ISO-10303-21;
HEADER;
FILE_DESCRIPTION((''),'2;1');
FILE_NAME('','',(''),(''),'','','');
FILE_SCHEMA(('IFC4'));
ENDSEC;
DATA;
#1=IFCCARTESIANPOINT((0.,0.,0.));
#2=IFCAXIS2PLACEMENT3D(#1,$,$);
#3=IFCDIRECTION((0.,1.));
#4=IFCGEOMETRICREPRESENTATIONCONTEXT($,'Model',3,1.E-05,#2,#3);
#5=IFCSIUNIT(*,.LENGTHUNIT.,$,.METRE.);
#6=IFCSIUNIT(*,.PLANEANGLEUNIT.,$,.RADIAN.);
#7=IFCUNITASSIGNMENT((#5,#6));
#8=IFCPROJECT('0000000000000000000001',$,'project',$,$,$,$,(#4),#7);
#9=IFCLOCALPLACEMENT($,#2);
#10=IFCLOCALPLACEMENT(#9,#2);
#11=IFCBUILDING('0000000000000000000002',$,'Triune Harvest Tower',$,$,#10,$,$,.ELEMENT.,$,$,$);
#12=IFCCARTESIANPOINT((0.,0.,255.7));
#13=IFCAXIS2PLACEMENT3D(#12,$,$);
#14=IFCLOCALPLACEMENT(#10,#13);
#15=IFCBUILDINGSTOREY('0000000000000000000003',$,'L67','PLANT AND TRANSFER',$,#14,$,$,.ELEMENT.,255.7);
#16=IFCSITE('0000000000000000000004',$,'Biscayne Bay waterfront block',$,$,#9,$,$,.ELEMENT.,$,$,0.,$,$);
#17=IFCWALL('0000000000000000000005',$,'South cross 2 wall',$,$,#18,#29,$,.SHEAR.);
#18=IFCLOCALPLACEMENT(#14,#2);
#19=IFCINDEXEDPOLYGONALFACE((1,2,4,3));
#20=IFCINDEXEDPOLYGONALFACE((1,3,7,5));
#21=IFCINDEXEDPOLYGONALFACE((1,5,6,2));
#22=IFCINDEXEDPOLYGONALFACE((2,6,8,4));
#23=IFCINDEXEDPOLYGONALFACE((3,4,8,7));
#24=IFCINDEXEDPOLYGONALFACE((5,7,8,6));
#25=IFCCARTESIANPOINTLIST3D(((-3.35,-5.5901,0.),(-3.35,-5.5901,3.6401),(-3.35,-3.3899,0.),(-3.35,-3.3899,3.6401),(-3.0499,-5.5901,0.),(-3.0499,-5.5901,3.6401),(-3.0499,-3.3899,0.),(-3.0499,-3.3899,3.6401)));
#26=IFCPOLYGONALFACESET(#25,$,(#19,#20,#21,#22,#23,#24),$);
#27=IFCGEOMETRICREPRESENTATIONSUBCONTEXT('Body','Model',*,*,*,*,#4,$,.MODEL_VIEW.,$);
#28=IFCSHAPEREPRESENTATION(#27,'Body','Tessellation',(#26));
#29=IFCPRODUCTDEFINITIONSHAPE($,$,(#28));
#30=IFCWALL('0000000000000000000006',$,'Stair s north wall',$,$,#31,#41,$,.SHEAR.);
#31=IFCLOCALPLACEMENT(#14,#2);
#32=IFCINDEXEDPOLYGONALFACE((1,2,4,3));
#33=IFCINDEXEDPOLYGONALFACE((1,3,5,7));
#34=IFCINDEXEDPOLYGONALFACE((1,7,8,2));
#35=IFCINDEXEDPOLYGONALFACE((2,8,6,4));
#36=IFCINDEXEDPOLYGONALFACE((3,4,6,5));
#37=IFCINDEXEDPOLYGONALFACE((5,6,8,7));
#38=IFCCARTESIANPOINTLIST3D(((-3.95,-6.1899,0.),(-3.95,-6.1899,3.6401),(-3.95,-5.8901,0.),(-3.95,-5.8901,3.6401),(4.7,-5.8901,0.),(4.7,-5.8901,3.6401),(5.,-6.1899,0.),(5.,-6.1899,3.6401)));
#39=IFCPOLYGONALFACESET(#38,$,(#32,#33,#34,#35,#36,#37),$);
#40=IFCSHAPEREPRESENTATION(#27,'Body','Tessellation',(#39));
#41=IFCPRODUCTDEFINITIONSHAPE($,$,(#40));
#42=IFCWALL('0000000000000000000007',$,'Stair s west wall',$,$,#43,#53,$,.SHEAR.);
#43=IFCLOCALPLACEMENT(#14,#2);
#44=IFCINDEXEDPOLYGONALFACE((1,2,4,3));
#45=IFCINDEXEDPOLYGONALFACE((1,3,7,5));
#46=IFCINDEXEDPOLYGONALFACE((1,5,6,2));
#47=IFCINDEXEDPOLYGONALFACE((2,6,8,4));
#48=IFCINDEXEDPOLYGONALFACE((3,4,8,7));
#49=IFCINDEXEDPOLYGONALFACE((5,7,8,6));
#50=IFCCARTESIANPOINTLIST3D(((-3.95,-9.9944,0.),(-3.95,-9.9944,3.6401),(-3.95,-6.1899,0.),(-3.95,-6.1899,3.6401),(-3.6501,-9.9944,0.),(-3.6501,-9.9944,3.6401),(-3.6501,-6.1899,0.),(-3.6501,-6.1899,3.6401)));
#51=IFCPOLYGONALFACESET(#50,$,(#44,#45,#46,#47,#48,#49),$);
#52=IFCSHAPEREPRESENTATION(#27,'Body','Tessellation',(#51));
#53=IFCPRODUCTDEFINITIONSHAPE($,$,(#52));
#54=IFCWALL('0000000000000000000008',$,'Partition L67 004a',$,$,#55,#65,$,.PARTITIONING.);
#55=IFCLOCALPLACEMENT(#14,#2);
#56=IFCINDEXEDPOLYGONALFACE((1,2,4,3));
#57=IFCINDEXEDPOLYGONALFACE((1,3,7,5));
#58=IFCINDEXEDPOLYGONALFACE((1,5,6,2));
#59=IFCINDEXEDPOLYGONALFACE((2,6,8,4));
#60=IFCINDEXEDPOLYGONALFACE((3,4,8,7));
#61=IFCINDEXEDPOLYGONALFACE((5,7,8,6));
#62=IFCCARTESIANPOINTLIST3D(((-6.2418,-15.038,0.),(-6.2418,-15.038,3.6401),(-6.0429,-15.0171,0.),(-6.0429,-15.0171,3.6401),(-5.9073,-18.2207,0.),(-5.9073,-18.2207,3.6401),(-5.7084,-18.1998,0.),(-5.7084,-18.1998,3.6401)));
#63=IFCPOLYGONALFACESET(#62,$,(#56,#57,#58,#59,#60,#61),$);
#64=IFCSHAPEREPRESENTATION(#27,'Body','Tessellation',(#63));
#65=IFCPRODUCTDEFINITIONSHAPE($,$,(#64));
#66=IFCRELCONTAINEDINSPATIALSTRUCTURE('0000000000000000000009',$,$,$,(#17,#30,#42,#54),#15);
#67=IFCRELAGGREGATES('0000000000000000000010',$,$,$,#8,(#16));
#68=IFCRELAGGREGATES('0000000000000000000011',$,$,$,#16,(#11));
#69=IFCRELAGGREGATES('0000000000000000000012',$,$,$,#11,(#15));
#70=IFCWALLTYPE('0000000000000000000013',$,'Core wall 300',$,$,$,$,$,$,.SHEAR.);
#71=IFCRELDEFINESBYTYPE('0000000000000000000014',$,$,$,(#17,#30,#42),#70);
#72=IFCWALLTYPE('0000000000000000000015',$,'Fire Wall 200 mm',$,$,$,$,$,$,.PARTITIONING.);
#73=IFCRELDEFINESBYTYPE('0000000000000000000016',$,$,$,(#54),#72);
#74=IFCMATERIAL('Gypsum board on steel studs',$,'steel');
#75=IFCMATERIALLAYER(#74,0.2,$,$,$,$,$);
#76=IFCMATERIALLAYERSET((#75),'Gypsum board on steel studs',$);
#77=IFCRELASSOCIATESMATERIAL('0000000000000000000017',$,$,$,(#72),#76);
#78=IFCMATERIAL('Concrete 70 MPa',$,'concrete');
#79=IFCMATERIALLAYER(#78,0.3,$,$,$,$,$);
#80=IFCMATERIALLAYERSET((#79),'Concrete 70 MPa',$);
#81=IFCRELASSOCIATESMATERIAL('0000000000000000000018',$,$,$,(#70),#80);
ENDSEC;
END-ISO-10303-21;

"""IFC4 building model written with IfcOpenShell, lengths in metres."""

from ifc_helpers import new_model, si_unit, direction, frame, frame_2d, origin, place, context, subcontext, project, spatial, polyline, rectangle, outline, extrude, source, transform, mapped, material, layer, layer_set, type_object, element, save


model = new_model("IFC4")

# Units and contexts
model_context = context("Model", 3, precision=1e-05, world=origin(), true_north=direction((0.0, 1.0)))
body_context = subcontext(model_context, "Body", "Model", "MODEL_VIEW")
ifc_project = project(units=[si_unit("LENGTHUNIT", "METRE"), si_unit("PLANEANGLEUNIT", "RADIAN")], contexts=[model_context])

# Site, building, storey
site_placement = place(None, origin())
site = spatial("IfcSite", under=ifc_project, at=site_placement, Name="Biscayne Bay waterfront block", CompositionType="ELEMENT", RefElevation=0.0)
building_placement = place(site_placement, origin())
building = spatial("IfcBuilding", under=site, at=building_placement, Name="Triune Harvest Tower", CompositionType="ELEMENT")
storey_placement = place(building_placement, frame((0.0, 0.0, 255.7)))
storey = spatial("IfcBuildingStorey", under=building, at=storey_placement, Name="L67", Description="PLANT AND TRANSFER", CompositionType="ELEMENT", Elevation=255.7)

# Shared definitions
ifc_material_1 = material(Name="Gypsum board on steel studs", Category="steel")
ifc_layer_1 = layer(ifc_material_1, 0.2)
ifc_layer_set_1 = layer_set([ifc_layer_1], Name="Gypsum board on steel studs")
wall_type_1 = type_object("IfcWallType", Name="Fire Wall 200 mm", PredefinedType="PARTITIONING", material=ifc_layer_set_1)

# Shared definitions
ifc_material_2 = material(Name="Concrete 70 MPa", Category="concrete")
ifc_layer_2 = layer(ifc_material_2, 0.3)
ifc_layer_set_2 = layer_set([ifc_layer_2], Name="Concrete 70 MPa")
wall_type_2 = type_object("IfcWallType", Name="Core wall 300", PredefinedType="SHEAR", material=ifc_layer_set_2)

# Walls
shared_shape_1 = source(origin(), body_context, "Body", "SweptSolid", [
    extrude(rectangle(XDim=2.2002, YDim=0.3, at=frame_2d((1.1001, 0.0))), origin(), (0.0, 0.0, 1.0), 3.6401),
])
for number, where, z_axis, x_axis, name in (
    (1, (-3.2, -5.5901, 0.0), (0.0, 0.0, 1.0), (0.0, 1.0, 0.0), "South cross 2 wall"),
):
    element("IfcWall", number, at=place(storey_placement, frame(where, z_axis=z_axis, x_axis=x_axis)), inside=storey, type_object=wall_type_2, Name=name, PredefinedType="SHEAR", context=body_context, shape_type="MappedRepresentation", body=[
        mapped(shared_shape_1, transform((0.0, 0.0, 0.0), scale=1.0)),
    ])
shared_shape_2 = source(origin(), body_context, "Body", "SweptSolid", [
    extrude(outline(polyline([(0.0, -0.1499), (8.95, -0.1499), (8.6499, 0.1499), (0.0, 0.1499), (0.0, -0.1499)])), origin(), (0.0, 0.0, 1.0), 3.6401),
])
wall_1_placement = place(storey_placement, frame((-3.95, -6.04, 0.0), z_axis=(0.0, 0.0, 1.0), x_axis=(1.0, 0.0, 0.0)))
element("IfcWall", 2, at=wall_1_placement, inside=storey, type_object=wall_type_2, Name="Stair s north wall", PredefinedType="SHEAR", context=body_context, shape_type="MappedRepresentation", body=[
    mapped(shared_shape_2, transform((0.0, 0.0, 0.0), scale=1.0)),
])
shared_shape_3 = source(origin(), body_context, "Body", "SweptSolid", [
    extrude(outline(polyline([(3.8, -0.1499), (-0.0044, -0.1499), (-0.0044, 0.1499), (3.8, 0.1499), (3.8, -0.1499)])), origin(), (0.0, 0.0, 1.0), 3.6401),
])
wall_2_placement = place(storey_placement, frame((-3.8, -9.99, 0.0), z_axis=(0.0, 0.0, 1.0), x_axis=(0.0, 1.0, 0.0)))
element("IfcWall", 3, at=wall_2_placement, inside=storey, type_object=wall_type_2, Name="Stair s west wall", PredefinedType="SHEAR", context=body_context, shape_type="MappedRepresentation", body=[
    mapped(shared_shape_3, transform((0.0, 0.0, 0.0), scale=1.0)),
])
shared_shape_4 = source(origin(), body_context, "Body", "SweptSolid", [
    extrude(rectangle(XDim=3.2002, YDim=0.2, at=frame_2d((1.6001, 0.0))), origin(), (0.0, 0.0, 1.0), 3.6401),
])
wall_3_placement = place(storey_placement, frame((-6.1423, -15.0276, 0.0), z_axis=(0.0, 0.0, 1.0), x_axis=(0.104518, -0.994523, 0.0)))
element("IfcWall", 4, at=wall_3_placement, inside=storey, type_object=wall_type_1, Name="Partition L67 004a", PredefinedType="PARTITIONING", context=body_context, shape_type="MappedRepresentation", body=[
    mapped(shared_shape_4, transform((0.0, 0.0, 0.0), scale=1.0)),
])

save(model, "model.ifc")
